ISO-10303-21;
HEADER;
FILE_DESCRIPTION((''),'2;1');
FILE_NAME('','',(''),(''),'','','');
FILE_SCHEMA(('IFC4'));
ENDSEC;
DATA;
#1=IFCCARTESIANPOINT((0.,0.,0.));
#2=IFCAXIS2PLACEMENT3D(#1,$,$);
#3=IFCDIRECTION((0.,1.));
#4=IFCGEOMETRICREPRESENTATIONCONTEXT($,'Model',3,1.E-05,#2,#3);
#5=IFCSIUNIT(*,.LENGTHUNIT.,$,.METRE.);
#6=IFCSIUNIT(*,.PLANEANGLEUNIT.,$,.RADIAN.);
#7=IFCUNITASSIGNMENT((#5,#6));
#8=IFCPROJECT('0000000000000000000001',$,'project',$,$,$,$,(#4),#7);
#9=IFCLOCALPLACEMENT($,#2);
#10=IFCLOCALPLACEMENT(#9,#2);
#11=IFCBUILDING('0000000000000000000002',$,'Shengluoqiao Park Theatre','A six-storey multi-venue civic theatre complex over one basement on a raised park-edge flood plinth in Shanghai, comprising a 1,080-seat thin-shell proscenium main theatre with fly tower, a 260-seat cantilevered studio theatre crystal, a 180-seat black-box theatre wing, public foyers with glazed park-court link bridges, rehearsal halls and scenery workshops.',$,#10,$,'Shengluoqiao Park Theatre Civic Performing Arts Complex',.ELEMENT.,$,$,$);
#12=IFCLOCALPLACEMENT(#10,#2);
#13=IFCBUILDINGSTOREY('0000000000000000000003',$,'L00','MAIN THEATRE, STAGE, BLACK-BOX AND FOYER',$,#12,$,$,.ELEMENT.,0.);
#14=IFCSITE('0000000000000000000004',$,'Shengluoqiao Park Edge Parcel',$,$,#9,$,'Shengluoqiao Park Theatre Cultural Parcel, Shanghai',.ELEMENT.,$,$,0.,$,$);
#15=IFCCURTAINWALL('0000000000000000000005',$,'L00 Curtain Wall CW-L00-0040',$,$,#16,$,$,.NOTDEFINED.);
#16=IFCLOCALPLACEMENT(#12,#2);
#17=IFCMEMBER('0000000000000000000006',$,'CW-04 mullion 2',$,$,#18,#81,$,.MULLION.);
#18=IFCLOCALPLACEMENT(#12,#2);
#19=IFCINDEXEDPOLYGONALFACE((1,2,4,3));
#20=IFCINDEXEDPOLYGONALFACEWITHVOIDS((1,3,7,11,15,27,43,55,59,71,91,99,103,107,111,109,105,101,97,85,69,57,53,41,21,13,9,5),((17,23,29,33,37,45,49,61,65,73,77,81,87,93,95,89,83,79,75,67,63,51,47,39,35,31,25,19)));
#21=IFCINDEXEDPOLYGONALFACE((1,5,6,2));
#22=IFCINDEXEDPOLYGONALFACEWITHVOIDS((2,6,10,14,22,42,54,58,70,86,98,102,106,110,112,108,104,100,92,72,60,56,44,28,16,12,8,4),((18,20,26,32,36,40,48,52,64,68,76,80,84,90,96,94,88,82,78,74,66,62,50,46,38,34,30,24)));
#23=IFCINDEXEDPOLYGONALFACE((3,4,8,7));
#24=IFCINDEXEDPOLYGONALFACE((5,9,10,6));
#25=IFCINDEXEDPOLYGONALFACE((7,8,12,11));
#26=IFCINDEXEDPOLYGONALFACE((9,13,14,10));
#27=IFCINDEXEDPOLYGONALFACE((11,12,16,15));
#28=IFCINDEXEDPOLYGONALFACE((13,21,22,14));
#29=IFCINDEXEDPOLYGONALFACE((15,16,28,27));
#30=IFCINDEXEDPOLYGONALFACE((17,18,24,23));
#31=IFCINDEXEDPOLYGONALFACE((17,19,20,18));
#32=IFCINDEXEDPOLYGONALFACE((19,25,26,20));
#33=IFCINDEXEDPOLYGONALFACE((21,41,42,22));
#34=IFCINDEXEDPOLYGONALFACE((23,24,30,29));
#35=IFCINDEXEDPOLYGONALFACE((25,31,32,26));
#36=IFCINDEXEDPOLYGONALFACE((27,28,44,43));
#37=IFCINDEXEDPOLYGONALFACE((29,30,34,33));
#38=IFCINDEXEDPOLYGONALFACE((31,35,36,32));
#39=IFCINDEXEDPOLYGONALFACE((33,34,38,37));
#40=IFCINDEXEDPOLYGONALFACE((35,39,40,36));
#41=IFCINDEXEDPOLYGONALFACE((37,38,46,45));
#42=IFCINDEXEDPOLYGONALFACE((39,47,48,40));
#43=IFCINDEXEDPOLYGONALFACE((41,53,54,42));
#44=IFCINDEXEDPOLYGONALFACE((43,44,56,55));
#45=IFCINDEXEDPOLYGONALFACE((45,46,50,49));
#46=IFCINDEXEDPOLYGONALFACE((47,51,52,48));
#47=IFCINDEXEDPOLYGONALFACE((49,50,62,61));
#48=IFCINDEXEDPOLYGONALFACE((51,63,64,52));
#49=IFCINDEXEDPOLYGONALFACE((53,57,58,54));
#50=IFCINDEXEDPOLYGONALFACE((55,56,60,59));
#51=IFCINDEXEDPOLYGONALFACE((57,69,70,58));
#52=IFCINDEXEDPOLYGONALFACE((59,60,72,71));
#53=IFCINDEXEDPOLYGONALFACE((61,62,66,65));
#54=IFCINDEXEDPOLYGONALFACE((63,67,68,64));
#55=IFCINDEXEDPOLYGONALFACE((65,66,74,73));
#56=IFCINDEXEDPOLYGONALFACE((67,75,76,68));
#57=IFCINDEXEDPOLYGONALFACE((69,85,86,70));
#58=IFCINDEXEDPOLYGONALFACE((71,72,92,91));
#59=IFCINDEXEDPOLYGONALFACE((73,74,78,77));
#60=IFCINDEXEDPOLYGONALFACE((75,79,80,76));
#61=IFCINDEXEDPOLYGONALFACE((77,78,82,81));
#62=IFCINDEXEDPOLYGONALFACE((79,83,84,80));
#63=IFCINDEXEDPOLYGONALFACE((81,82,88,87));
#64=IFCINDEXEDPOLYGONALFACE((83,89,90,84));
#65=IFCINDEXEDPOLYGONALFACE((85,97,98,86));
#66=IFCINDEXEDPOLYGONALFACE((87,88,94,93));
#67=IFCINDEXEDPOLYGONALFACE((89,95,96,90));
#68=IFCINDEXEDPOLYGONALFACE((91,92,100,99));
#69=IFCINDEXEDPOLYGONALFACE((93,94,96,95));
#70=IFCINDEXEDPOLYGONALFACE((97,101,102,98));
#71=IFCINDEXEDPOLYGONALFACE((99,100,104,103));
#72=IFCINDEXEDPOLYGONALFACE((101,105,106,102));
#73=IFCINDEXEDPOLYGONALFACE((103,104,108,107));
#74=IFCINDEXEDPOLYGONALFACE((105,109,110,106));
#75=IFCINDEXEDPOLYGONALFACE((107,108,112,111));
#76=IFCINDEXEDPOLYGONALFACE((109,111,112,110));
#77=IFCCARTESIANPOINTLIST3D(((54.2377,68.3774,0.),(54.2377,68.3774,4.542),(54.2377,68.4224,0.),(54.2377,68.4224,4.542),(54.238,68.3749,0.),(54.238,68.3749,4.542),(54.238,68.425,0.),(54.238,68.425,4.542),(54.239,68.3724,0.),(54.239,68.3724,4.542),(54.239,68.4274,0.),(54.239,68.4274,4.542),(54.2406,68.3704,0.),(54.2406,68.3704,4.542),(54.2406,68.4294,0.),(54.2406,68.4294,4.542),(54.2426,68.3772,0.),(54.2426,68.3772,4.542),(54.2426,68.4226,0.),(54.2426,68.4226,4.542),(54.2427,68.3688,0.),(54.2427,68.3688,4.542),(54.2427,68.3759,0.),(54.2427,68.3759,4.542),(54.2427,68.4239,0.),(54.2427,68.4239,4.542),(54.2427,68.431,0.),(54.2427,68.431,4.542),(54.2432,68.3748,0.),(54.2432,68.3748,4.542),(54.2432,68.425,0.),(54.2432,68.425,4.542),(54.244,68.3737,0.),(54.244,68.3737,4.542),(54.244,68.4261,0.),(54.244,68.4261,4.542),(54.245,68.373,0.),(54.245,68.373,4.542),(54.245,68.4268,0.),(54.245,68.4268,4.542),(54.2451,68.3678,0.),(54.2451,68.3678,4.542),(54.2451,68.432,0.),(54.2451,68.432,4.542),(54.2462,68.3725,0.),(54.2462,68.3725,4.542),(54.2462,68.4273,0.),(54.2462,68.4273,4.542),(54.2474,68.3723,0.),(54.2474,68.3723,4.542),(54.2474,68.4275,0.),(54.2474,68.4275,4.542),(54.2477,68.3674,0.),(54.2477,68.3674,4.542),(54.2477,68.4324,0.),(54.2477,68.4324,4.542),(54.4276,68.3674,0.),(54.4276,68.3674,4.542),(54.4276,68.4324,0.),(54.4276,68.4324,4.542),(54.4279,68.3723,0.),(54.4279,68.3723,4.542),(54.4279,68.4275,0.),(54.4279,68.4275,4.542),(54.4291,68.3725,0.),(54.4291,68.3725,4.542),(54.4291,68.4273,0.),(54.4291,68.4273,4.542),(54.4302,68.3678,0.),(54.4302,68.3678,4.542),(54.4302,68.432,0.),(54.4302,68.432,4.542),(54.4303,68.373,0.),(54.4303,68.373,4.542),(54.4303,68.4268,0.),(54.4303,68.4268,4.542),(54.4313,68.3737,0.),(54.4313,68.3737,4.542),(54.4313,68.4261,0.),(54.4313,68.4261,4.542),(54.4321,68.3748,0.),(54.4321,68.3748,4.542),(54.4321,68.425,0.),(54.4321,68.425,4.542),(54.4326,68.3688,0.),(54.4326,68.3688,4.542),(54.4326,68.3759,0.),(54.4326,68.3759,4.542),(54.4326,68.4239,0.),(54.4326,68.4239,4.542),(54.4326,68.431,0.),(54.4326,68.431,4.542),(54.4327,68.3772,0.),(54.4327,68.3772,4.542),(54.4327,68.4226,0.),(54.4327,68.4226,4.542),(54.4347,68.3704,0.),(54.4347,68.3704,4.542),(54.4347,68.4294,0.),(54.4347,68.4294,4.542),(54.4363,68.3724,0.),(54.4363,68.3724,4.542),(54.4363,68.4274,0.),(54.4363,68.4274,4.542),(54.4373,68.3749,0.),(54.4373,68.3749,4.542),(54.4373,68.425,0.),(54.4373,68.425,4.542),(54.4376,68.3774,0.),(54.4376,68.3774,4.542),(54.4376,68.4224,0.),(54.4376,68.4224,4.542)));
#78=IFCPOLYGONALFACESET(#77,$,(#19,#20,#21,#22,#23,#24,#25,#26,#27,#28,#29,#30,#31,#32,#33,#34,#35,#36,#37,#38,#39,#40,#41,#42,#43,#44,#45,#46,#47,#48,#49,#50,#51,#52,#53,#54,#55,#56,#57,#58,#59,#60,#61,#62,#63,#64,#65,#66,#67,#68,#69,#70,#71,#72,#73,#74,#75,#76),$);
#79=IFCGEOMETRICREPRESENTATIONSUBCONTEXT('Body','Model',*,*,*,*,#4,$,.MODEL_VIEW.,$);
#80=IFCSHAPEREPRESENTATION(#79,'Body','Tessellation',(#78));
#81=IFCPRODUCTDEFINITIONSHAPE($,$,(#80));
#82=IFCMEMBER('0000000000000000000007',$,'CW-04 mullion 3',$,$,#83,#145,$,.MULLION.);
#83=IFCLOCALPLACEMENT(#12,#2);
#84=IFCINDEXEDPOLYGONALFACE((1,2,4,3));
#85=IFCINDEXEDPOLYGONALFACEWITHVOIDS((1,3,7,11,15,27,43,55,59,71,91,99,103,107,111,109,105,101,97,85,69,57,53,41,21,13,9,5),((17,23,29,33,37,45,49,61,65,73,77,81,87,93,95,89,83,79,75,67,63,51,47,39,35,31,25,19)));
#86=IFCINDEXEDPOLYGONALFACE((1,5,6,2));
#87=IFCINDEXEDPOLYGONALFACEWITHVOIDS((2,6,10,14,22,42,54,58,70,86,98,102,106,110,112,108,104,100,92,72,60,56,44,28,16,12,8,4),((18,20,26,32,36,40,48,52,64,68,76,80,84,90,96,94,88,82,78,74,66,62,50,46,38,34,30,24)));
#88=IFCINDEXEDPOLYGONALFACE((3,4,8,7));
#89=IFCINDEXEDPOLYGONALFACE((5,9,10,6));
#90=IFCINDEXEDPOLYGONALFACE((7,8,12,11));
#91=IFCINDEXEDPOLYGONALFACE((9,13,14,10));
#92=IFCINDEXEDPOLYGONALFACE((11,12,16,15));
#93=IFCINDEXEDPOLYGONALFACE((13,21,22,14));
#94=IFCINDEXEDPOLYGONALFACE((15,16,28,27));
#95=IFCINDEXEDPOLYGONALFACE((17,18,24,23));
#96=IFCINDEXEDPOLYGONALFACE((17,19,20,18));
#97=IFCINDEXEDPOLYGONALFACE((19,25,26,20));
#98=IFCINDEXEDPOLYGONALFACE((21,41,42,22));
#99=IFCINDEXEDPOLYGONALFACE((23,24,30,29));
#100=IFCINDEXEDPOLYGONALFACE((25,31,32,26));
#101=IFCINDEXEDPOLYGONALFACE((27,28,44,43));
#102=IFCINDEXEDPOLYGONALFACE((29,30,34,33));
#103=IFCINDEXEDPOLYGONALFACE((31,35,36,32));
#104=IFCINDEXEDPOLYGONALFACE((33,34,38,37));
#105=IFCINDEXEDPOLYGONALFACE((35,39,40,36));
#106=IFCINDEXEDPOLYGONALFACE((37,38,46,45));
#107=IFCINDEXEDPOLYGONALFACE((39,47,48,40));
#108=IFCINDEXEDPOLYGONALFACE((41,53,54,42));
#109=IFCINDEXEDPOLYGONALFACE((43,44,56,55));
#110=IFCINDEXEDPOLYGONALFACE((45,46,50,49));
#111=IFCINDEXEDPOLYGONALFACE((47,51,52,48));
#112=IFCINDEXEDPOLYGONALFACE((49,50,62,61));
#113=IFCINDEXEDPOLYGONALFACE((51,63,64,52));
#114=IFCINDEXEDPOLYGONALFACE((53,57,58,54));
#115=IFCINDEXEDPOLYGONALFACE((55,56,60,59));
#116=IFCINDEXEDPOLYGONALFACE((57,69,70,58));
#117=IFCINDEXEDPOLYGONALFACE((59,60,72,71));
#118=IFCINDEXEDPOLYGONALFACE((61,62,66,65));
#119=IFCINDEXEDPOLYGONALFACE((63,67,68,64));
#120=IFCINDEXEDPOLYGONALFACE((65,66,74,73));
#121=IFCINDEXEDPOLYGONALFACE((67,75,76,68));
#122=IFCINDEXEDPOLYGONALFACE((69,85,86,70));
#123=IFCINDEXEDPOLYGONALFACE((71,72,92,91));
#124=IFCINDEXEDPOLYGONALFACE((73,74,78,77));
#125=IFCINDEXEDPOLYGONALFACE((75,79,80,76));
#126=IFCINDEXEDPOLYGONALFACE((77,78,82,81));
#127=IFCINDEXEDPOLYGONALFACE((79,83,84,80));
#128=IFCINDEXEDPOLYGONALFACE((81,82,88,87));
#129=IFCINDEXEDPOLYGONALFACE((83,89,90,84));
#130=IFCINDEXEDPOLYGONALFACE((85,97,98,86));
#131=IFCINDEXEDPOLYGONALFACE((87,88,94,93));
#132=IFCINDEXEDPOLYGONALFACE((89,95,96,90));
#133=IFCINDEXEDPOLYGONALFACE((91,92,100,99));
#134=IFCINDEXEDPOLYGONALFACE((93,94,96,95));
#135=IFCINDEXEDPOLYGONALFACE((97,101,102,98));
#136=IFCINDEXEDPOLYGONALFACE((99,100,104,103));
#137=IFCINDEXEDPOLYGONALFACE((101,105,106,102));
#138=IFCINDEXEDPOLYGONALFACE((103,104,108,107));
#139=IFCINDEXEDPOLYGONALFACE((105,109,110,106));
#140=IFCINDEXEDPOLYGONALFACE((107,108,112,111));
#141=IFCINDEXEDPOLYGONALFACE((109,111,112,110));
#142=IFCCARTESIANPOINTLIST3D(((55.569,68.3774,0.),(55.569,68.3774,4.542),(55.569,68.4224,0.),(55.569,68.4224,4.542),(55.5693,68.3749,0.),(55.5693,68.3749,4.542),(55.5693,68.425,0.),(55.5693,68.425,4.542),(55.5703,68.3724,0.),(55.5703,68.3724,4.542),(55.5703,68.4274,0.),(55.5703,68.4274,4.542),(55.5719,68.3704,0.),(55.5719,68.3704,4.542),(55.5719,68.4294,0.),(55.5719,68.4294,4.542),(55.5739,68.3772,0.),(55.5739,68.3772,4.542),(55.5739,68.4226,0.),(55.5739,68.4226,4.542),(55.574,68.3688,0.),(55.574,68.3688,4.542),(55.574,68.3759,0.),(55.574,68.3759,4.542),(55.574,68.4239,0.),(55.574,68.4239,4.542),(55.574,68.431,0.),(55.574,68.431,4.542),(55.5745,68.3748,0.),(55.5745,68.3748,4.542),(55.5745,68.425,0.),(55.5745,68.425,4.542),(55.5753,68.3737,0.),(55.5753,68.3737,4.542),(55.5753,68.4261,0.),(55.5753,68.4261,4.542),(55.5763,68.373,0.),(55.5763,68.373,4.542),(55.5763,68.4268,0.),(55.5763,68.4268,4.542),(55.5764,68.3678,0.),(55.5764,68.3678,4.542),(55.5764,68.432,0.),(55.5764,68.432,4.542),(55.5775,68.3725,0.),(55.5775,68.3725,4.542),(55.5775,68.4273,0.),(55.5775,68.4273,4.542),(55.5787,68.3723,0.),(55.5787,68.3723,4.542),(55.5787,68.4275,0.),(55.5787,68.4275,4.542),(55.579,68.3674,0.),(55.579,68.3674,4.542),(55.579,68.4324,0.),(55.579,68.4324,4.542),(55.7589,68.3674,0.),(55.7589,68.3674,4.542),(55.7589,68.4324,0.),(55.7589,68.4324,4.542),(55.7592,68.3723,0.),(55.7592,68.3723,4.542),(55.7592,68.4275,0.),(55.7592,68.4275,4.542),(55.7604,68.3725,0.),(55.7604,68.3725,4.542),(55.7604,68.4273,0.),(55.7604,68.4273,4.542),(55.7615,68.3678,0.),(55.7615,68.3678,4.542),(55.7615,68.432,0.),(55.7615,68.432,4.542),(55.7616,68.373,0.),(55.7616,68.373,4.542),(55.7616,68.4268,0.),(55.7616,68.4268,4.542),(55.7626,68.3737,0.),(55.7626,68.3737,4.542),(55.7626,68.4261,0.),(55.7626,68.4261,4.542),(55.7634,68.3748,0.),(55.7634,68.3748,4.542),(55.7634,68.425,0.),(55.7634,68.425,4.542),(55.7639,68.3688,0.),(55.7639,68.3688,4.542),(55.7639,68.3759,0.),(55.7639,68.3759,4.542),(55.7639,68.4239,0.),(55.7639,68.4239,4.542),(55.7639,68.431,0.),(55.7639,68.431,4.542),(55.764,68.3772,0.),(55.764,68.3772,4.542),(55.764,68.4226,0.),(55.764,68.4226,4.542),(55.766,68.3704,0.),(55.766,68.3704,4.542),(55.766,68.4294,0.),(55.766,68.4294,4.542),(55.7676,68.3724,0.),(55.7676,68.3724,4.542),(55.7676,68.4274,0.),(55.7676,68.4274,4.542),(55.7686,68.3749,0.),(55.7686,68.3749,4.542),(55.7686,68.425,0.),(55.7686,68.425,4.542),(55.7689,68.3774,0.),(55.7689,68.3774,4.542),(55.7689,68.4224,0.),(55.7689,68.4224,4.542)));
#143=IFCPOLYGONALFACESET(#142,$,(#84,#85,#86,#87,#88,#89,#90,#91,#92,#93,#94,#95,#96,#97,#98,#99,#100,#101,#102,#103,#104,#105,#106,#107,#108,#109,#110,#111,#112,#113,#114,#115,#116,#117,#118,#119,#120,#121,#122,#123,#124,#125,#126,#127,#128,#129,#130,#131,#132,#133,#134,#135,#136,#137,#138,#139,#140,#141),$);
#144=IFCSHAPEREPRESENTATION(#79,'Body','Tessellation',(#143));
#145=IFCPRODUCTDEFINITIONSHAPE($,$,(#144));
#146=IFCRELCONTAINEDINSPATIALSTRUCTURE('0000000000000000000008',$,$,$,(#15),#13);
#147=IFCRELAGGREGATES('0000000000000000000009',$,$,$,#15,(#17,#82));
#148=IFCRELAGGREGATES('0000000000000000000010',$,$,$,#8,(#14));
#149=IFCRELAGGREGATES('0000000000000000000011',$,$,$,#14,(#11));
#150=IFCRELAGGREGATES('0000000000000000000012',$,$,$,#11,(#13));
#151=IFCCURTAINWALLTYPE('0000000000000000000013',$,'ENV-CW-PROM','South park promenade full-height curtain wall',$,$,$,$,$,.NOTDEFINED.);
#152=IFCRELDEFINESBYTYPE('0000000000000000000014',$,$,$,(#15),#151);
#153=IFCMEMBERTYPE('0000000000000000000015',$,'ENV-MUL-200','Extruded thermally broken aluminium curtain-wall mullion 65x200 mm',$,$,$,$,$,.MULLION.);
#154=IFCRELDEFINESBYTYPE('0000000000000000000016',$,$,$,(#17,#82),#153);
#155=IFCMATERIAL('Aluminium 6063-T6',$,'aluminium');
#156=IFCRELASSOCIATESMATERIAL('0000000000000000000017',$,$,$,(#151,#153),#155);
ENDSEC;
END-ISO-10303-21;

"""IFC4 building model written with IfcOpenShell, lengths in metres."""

from ifc_helpers import new_model, si_unit, direction, frame, origin, origin_2d, place, context, subcontext, project, spatial, hollow_rectangle, extrude, material, material_profile, profile_set, type_object, element, aggregate, save


model = new_model("IFC4")

# Units and contexts
model_context = context("Model", 3, precision=1e-05, world=origin(), true_north=direction((0.0, 1.0)))
body_context = subcontext(model_context, "Body", "Model", "MODEL_VIEW")
ifc_project = project(units=[si_unit("LENGTHUNIT", "METRE"), si_unit("PLANEANGLEUNIT", "RADIAN")], contexts=[model_context])

# Site, building, storey
site_placement = place(None, origin())
site = spatial("IfcSite", under=ifc_project, at=site_placement, Name="Shengluoqiao Park Edge Parcel", LongName="Shengluoqiao Park Theatre Cultural Parcel, Shanghai", CompositionType="ELEMENT", RefElevation=0.0)
building_placement = place(site_placement, origin())
building = spatial("IfcBuilding", under=site, at=building_placement, Name="Shengluoqiao Park Theatre", Description="A six-storey multi-venue civic theatre complex over one basement on a raised park-edge flood plinth in Shanghai, comprising a 1,080-seat thin-shell proscenium main theatre with fly tower, a 260-seat cantilevered studio theatre crystal, a 180-seat black-box theatre wing, public foyers with glazed park-court link bridges, rehearsal halls and scenery workshops.", LongName="Shengluoqiao Park Theatre Civic Performing Arts Complex", CompositionType="ELEMENT")
storey_placement = place(building_placement, origin())
storey = spatial("IfcBuildingStorey", under=building, at=storey_placement, Name="L00", Description="MAIN THEATRE, STAGE, BLACK-BOX AND FOYER", CompositionType="ELEMENT", Elevation=0.0)

# Curtain wall, members
ifc_material_1 = material(Name="Aluminium 6063-T6", Category="aluminium")
curtain_wall_type = type_object("IfcCurtainWallType", Name="ENV-CW-PROM", Description="South park promenade full-height curtain wall", PredefinedType="NOTDEFINED", material=ifc_material_1)
curtain_wall_placement = place(storey_placement, origin())
curtain_wall = element("IfcCurtainWall", 1, at=curtain_wall_placement, inside=storey, type_object=curtain_wall_type, Name="L00 Curtain Wall CW-L00-0040", PredefinedType="NOTDEFINED")
ifc_material_profile_1 = material_profile(ifc_material_1, hollow_rectangle(XDim=0.0649, YDim=0.2, WallThickness=0.0049, InnerFilletRadius=0.0049, OuterFilletRadius=0.01, at=origin_2d()), Name="ALU MULLION 200x65x5")
ifc_profile_set_1 = profile_set([ifc_material_profile_1], Name="Aluminium 6063-T6")
member_type_1 = type_object("IfcMemberType", Name="ENV-MUL-200", Description="Extruded thermally broken aluminium curtain-wall mullion 65x200 mm", PredefinedType="MULLION", material=ifc_profile_set_1)
member_1_placement = place(storey_placement, frame((54.3376, 68.3999, 0.0), z_axis=(0.0, 0.0, 1.0), x_axis=(0.0, 1.0, 0.0)))
member_1 = element("IfcMember", 2, at=member_1_placement, type_object=member_type_1, Name="CW-04 mullion 2", PredefinedType="MULLION", context=body_context, shape_type="SweptSolid", body=[
    extrude(hollow_rectangle(XDim=0.0649, YDim=0.2, WallThickness=0.0049, InnerFilletRadius=0.0049, OuterFilletRadius=0.01, at=origin_2d()), origin(), (0.0, 0.0, 1.0), 4.542),
])
member_2_placement = place(storey_placement, frame((55.6689, 68.3999, 0.0), z_axis=(0.0, 0.0, 1.0), x_axis=(0.0, 1.0, 0.0)))
member_2 = element("IfcMember", 3, at=member_2_placement, type_object=member_type_1, Name="CW-04 mullion 3", PredefinedType="MULLION", context=body_context, shape_type="SweptSolid", body=[
    extrude(hollow_rectangle(XDim=0.0649, YDim=0.2, WallThickness=0.0049, InnerFilletRadius=0.0049, OuterFilletRadius=0.01, at=origin_2d()), origin(), (0.0, 0.0, 1.0), 4.542),
])
aggregate(curtain_wall, [member_1, member_2])

save(model, "model.ifc")
